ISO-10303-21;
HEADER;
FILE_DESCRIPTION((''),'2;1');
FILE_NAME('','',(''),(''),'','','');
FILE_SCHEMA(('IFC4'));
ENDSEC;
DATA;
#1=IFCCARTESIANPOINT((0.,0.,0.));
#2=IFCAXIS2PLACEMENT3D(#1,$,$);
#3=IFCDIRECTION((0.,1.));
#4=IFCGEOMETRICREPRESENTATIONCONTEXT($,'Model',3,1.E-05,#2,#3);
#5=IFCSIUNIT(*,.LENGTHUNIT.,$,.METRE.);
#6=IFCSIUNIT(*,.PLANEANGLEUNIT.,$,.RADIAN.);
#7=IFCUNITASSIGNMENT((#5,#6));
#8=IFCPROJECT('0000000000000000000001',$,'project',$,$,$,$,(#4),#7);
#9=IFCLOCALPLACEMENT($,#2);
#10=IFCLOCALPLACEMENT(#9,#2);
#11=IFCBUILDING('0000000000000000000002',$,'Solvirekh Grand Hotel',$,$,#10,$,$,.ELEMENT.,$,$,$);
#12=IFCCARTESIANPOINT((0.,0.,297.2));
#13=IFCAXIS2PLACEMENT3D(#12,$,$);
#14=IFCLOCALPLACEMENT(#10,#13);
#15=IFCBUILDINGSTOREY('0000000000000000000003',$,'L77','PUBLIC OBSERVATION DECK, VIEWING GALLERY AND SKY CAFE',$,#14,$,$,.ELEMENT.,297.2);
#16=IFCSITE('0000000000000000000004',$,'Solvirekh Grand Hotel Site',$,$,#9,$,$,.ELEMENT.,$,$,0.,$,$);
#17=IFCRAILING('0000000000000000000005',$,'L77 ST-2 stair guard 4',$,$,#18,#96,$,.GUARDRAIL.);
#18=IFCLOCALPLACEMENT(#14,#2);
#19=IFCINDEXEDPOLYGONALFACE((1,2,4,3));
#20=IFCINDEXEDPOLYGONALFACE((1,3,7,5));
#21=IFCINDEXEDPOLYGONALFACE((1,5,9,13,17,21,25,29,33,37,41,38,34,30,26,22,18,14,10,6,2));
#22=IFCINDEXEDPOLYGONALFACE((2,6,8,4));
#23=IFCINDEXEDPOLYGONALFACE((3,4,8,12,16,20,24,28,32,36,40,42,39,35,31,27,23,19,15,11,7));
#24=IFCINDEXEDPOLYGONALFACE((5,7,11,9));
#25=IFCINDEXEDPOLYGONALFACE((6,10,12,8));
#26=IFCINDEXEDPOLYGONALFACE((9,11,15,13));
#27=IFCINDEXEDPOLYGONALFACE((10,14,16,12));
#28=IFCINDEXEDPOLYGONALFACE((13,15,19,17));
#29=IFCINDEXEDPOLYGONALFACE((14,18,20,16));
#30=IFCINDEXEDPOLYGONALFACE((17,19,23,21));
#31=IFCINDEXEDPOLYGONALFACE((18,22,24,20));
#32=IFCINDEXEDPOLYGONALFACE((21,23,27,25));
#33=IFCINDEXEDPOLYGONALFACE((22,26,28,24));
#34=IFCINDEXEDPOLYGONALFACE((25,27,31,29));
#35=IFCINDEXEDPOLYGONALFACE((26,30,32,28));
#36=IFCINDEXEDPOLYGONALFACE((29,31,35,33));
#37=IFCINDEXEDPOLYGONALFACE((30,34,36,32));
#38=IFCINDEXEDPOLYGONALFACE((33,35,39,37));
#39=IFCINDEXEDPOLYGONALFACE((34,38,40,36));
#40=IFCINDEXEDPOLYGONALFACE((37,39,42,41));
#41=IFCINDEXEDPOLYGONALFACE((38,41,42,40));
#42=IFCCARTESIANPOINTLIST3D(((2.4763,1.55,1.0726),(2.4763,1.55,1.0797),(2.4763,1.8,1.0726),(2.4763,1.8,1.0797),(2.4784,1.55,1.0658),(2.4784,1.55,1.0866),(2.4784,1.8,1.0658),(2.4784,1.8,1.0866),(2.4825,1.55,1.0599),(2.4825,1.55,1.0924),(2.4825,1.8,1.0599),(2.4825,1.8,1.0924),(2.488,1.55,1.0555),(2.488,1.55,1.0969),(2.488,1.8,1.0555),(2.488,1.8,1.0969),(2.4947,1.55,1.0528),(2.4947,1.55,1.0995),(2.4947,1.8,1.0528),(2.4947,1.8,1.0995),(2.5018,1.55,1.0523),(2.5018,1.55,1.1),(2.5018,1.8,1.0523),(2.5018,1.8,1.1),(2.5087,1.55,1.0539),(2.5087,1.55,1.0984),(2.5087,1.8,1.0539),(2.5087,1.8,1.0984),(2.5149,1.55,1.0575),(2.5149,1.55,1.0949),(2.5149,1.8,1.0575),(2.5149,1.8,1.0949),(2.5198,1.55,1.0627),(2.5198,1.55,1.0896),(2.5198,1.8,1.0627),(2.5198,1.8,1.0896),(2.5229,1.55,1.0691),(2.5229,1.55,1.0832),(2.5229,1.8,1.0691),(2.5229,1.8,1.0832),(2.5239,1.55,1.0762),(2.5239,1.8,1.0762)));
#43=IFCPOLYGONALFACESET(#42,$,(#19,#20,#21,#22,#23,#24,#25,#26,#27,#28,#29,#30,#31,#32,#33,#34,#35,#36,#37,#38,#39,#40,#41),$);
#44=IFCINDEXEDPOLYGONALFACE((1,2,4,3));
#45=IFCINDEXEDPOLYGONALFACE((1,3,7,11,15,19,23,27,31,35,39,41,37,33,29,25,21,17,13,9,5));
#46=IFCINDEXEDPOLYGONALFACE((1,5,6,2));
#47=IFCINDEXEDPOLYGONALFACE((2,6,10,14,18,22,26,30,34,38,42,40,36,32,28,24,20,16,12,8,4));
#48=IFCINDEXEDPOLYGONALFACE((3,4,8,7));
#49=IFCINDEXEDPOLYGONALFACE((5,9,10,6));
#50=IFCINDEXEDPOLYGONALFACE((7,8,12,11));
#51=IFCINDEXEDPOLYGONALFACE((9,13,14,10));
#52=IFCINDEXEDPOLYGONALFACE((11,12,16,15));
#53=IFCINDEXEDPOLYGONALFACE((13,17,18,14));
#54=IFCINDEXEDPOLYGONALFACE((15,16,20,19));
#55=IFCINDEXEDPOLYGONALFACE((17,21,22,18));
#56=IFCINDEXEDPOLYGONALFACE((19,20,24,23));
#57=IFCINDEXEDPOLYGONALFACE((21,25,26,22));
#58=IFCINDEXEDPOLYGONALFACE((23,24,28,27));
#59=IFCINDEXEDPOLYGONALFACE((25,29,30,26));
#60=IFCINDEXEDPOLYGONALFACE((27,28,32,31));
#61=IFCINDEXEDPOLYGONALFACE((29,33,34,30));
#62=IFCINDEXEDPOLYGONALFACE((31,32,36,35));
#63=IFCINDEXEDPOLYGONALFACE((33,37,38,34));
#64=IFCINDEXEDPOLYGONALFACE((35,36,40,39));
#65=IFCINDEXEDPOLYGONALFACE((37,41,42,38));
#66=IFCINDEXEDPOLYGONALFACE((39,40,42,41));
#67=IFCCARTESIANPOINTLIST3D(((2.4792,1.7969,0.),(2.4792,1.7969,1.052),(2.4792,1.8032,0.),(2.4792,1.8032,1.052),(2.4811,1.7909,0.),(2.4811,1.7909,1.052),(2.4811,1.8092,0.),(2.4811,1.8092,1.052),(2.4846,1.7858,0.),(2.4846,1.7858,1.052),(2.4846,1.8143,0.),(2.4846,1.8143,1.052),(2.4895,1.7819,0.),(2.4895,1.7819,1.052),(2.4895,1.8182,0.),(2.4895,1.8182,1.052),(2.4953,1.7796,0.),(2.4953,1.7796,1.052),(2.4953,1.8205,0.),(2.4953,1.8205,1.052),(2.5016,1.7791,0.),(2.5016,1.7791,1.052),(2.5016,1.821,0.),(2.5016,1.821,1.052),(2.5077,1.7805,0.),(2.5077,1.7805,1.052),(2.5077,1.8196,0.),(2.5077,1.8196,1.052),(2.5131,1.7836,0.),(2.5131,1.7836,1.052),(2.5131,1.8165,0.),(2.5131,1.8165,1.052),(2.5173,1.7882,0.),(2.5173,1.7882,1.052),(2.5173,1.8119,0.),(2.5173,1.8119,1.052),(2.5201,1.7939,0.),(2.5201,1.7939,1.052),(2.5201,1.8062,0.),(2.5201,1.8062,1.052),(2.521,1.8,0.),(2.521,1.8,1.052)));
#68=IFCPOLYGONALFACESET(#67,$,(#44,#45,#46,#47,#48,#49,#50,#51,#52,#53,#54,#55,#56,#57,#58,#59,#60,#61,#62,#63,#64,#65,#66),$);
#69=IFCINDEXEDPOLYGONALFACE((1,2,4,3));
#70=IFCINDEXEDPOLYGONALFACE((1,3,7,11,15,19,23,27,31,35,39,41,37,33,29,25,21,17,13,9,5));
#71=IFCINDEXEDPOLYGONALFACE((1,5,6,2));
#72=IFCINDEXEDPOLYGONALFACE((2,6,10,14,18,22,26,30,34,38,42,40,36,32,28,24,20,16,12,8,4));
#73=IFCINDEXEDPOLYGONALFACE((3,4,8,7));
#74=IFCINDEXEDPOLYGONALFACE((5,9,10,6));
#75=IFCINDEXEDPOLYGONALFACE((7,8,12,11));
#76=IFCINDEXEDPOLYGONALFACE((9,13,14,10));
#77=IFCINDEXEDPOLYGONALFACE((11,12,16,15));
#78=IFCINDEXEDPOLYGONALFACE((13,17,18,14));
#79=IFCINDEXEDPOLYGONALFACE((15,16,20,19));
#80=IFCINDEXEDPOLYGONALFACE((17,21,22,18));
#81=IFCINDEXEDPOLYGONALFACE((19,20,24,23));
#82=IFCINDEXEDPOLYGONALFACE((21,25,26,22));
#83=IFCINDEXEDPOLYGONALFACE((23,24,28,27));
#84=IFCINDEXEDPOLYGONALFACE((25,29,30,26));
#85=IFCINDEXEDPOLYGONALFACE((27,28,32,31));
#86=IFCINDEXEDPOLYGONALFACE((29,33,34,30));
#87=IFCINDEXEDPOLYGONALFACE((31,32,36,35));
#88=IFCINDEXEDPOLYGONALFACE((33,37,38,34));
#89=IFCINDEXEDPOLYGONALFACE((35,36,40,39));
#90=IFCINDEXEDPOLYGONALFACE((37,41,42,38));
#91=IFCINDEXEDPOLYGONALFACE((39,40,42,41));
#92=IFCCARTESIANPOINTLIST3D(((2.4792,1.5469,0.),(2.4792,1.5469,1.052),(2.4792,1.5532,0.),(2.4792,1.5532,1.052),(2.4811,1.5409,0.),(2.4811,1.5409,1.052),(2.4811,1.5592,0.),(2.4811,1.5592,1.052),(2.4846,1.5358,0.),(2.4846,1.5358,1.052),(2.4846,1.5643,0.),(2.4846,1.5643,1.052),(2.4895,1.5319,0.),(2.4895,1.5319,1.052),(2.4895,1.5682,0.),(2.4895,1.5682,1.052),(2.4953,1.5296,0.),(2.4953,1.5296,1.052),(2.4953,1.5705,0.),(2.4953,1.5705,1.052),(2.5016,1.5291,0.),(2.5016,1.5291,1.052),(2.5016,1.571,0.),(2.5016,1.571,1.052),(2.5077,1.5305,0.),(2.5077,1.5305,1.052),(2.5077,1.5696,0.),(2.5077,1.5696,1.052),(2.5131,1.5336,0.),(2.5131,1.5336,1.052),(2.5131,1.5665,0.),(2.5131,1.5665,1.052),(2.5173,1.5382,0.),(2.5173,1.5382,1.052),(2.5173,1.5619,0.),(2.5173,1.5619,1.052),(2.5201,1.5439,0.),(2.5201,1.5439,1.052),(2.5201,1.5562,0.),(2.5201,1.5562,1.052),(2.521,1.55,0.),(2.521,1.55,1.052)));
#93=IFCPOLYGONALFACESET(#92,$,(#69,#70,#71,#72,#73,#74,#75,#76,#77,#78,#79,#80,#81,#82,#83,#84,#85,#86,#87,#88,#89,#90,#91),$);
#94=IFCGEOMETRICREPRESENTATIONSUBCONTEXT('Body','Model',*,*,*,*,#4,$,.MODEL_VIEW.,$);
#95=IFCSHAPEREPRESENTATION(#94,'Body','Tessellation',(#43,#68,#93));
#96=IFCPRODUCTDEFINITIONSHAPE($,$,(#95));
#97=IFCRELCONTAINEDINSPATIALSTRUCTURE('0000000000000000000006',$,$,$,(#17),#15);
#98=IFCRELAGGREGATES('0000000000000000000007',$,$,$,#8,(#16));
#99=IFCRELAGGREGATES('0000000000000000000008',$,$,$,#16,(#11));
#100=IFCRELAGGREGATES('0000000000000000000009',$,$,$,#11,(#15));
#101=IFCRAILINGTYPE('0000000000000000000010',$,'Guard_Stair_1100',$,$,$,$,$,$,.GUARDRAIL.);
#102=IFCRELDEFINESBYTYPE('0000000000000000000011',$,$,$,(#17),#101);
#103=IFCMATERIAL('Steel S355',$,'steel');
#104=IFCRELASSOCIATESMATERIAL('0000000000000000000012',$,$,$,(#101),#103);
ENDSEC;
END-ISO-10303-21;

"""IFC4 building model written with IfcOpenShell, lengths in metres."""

from ifc_helpers import new_model, si_unit, direction, frame, origin, origin_2d, place, context, subcontext, project, spatial, circle, extrude, material, type_object, element, save


model = new_model("IFC4")

# Units and contexts
model_context = context("Model", 3, precision=1e-05, world=origin(), true_north=direction((0.0, 1.0)))
body_context = subcontext(model_context, "Body", "Model", "MODEL_VIEW")
ifc_project = project(units=[si_unit("LENGTHUNIT", "METRE"), si_unit("PLANEANGLEUNIT", "RADIAN")], contexts=[model_context])

# Site, building, storey
site_placement = place(None, origin())
site = spatial("IfcSite", under=ifc_project, at=site_placement, Name="Solvirekh Grand Hotel Site", CompositionType="ELEMENT", RefElevation=0.0)
building_placement = place(site_placement, origin())
building = spatial("IfcBuilding", under=site, at=building_placement, Name="Solvirekh Grand Hotel", CompositionType="ELEMENT")
storey_placement = place(building_placement, frame((0.0, 0.0, 297.2)))
storey = spatial("IfcBuildingStorey", under=building, at=storey_placement, Name="L77", Description="PUBLIC OBSERVATION DECK, VIEWING GALLERY AND SKY CAFE", CompositionType="ELEMENT", Elevation=297.2)

# Railing
ifc_material_1 = material(Name="Steel S355", Category="steel")
railing_type_1 = type_object("IfcRailingType", Name="Guard_Stair_1100", PredefinedType="GUARDRAIL", material=ifc_material_1)
railing_1_placement = place(storey_placement, frame((2.5, 1.8, 0.0)))
element("IfcRailing", 1, at=railing_1_placement, inside=storey, type_object=railing_type_1, Name="L77 ST-2 stair guard 4", PredefinedType="GUARDRAIL", context=body_context, shape_type="SweptSolid", body=[
    extrude(circle(Radius=0.0239, at=origin_2d()), frame((0.0, 0.0, 1.0762), z_axis=(0.0, -1.0, 0.0), x_axis=(1.0, 0.0, 0.0)), (0.0, 0.0, 1.0), 0.25),
    extrude(circle(Radius=0.021, at=origin_2d()), origin(), (0.0, 0.0, 1.0), 1.052),
    extrude(circle(Radius=0.021, at=origin_2d()), frame((0.0, -0.25, 0.0)), (0.0, 0.0, 1.0), 1.052),
])

save(model, "model.ifc")
